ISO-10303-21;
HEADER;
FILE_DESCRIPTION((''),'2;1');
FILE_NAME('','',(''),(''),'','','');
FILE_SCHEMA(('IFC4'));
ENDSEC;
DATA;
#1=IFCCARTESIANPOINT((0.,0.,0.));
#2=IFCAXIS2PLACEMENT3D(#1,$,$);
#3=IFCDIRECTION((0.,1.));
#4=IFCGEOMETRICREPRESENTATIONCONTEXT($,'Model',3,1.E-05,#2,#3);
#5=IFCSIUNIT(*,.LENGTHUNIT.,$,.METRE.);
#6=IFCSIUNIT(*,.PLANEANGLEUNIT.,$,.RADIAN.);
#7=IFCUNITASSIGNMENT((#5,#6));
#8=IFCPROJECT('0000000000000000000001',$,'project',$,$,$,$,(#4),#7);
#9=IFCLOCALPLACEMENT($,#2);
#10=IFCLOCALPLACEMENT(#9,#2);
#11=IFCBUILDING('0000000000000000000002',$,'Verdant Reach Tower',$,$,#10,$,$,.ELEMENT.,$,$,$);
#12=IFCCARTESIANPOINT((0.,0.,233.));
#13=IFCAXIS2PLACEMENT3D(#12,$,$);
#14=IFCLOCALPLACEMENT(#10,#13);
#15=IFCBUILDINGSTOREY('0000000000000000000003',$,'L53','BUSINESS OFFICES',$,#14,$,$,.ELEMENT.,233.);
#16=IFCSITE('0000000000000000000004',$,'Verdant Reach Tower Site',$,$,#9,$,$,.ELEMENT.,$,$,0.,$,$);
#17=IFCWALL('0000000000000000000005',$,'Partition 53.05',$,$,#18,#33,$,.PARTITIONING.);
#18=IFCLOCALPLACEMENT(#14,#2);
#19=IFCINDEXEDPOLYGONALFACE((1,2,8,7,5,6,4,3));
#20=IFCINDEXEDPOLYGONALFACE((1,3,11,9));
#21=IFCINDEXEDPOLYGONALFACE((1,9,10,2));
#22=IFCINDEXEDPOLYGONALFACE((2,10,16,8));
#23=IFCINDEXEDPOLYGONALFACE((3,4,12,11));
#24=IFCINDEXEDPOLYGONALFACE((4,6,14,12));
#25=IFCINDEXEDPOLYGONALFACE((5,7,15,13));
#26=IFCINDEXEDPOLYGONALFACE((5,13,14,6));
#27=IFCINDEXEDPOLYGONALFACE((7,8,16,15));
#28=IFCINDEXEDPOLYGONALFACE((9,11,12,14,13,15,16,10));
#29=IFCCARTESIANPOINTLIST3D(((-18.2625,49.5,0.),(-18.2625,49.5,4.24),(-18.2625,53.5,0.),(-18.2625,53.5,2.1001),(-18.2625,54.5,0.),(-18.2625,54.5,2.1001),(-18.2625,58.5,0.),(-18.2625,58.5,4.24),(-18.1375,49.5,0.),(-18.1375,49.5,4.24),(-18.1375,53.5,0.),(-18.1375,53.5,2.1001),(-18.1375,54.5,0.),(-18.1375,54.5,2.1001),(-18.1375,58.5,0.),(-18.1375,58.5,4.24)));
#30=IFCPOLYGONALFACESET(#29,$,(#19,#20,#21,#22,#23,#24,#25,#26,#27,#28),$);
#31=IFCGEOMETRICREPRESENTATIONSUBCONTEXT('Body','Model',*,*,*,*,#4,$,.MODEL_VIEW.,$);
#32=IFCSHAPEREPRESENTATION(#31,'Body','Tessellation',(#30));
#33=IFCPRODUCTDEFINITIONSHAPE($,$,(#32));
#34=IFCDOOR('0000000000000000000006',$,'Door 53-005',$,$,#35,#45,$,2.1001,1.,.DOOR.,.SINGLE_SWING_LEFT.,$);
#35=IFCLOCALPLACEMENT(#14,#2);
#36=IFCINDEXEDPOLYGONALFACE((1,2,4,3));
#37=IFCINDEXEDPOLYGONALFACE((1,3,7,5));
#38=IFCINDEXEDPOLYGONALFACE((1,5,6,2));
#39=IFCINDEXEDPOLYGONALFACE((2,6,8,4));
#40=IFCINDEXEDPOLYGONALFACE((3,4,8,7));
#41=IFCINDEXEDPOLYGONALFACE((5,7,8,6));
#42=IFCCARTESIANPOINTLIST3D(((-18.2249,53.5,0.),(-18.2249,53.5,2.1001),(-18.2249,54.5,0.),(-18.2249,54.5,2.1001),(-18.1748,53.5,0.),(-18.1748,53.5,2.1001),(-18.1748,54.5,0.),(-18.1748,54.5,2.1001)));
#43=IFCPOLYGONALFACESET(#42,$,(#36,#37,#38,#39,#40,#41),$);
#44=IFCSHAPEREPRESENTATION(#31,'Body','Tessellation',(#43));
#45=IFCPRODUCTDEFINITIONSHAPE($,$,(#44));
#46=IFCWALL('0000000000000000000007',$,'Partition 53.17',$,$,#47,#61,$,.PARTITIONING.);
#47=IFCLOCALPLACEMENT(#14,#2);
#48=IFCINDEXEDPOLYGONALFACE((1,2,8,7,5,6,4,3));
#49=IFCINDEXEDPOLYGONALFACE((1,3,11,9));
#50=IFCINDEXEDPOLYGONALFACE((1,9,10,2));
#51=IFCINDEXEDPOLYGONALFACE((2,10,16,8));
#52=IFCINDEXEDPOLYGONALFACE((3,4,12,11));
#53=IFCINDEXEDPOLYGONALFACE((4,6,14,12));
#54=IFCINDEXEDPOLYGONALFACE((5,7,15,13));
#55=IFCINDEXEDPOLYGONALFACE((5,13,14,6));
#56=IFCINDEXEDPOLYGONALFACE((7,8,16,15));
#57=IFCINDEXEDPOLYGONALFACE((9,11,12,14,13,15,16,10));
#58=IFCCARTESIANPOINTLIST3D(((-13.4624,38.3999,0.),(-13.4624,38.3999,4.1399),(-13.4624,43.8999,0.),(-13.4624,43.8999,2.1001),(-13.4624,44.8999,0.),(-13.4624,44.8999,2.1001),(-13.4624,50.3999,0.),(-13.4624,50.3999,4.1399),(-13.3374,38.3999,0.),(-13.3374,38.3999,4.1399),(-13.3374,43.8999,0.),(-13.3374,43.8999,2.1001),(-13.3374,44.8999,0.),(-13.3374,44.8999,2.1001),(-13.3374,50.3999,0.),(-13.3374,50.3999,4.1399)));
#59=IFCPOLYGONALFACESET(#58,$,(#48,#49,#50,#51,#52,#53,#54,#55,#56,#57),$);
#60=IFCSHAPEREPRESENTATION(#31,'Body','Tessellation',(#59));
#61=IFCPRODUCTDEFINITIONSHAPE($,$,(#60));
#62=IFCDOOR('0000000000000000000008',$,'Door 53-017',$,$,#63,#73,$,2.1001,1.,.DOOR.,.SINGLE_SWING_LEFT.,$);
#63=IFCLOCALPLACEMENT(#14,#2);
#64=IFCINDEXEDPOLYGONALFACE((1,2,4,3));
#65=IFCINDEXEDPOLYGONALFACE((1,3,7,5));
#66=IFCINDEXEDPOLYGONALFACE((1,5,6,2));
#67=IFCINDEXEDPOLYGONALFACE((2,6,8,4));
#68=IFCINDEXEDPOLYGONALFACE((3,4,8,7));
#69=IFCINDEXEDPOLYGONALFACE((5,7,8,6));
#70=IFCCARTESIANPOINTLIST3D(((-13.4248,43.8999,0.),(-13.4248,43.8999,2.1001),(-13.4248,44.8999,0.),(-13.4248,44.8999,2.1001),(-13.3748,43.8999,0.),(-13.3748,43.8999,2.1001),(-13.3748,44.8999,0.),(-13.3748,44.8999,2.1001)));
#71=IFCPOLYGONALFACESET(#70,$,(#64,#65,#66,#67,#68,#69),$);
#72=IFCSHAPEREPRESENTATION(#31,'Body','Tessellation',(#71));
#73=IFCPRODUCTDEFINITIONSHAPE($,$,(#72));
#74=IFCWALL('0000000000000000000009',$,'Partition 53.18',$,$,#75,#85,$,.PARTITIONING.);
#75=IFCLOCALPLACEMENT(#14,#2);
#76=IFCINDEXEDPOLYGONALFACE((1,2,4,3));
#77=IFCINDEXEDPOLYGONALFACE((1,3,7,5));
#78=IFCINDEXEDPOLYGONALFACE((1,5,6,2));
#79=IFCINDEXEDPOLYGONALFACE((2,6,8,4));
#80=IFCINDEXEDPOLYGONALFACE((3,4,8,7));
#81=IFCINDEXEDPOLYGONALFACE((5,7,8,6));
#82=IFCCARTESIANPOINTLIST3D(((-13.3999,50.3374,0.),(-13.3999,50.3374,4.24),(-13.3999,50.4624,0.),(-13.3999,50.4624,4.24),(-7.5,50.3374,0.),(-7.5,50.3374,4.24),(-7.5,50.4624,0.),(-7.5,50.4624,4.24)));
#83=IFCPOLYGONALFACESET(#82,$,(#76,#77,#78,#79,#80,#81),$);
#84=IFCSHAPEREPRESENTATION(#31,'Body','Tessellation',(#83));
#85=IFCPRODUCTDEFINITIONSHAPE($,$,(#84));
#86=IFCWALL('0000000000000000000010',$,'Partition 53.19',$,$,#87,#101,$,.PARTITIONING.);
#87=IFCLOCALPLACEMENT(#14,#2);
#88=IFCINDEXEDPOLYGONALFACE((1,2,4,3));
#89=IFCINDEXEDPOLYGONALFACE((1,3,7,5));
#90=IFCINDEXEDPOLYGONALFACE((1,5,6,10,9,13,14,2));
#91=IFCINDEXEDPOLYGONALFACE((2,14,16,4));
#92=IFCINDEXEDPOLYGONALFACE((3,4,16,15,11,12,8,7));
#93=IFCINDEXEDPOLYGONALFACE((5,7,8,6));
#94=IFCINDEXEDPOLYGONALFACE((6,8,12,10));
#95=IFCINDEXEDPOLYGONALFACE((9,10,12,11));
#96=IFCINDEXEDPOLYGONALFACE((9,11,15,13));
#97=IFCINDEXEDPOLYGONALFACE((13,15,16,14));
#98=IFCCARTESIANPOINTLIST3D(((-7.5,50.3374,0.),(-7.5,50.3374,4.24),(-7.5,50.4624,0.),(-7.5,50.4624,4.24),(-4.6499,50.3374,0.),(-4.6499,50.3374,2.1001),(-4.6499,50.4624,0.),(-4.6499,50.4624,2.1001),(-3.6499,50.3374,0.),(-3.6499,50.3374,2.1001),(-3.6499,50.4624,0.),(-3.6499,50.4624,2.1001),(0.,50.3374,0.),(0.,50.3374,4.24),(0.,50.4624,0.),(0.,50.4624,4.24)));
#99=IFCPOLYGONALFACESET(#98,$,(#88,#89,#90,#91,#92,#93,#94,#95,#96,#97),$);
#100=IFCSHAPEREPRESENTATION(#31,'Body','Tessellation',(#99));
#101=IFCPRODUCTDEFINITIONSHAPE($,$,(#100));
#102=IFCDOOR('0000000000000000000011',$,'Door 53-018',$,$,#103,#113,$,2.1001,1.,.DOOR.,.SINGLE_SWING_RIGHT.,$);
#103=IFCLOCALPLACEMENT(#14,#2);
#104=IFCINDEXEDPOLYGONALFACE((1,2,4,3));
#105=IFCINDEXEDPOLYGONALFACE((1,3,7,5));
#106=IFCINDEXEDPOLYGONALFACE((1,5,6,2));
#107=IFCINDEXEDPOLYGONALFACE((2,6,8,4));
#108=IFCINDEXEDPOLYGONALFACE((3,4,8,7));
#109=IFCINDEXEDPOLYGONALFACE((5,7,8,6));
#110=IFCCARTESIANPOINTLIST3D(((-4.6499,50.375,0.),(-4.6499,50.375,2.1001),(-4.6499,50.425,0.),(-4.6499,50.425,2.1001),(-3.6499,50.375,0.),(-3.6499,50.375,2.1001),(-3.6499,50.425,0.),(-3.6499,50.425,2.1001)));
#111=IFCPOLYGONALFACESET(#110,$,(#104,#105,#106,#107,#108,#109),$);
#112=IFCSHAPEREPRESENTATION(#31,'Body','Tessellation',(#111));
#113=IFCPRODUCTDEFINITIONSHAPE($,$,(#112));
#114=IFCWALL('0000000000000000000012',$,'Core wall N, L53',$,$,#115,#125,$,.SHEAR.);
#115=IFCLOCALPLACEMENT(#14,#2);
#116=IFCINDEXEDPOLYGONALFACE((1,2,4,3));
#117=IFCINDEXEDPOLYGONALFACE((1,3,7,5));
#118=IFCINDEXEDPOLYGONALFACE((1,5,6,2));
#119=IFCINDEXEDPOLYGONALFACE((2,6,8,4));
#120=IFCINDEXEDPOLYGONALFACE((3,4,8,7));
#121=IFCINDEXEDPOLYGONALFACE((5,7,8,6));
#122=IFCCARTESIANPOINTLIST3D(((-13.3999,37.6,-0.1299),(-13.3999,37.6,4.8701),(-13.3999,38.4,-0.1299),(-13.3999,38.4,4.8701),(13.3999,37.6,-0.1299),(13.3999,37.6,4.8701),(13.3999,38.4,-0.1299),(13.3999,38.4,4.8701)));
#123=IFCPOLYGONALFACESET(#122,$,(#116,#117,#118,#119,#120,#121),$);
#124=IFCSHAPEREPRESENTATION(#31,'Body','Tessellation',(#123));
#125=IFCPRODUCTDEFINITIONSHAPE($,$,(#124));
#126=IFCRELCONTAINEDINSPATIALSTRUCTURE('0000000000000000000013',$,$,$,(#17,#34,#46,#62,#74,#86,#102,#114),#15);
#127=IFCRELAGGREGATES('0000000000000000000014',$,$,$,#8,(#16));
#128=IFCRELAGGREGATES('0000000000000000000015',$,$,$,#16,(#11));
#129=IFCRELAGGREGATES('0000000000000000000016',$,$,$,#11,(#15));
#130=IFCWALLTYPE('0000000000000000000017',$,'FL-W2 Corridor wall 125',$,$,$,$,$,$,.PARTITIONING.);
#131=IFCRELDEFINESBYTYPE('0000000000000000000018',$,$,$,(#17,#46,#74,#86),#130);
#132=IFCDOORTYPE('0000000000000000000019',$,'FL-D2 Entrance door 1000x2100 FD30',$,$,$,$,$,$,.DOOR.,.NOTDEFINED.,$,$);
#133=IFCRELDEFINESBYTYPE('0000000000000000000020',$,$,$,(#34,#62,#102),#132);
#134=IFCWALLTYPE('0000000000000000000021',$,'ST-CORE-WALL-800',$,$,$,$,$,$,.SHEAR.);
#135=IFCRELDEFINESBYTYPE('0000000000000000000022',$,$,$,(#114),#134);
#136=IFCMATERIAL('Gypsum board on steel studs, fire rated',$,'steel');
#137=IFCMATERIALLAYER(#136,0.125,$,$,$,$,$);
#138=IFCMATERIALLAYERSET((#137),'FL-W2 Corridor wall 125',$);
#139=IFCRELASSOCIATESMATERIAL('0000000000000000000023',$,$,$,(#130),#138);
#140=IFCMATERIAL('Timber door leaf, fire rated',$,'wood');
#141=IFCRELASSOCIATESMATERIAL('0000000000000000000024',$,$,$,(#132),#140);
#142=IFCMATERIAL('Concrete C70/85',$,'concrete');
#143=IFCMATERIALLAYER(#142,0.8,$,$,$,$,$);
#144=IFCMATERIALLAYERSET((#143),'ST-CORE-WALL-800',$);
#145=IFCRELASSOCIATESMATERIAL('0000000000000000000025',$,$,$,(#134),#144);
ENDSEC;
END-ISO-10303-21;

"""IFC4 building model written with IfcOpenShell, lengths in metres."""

from ifc_helpers import new_model, si_unit, direction, frame, frame_2d, origin, place, context, subcontext, project, spatial, rectangle, extrude, material, layer, layer_set, type_object, element, fill, save


model = new_model("IFC4")

# Units and contexts
model_context = context("Model", 3, precision=1e-05, world=origin(), true_north=direction((0.0, 1.0)))
body_context = subcontext(model_context, "Body", "Model", "MODEL_VIEW")
ifc_project = project(units=[si_unit("LENGTHUNIT", "METRE"), si_unit("PLANEANGLEUNIT", "RADIAN")], contexts=[model_context])

# Site, building, storey
site_placement = place(None, origin())
site = spatial("IfcSite", under=ifc_project, at=site_placement, Name="Verdant Reach Tower Site", CompositionType="ELEMENT", RefElevation=0.0)
building_placement = place(site_placement, origin())
building = spatial("IfcBuilding", under=site, at=building_placement, Name="Verdant Reach Tower", CompositionType="ELEMENT")
storey_placement = place(building_placement, frame((0.0, 0.0, 233.0)))
storey = spatial("IfcBuildingStorey", under=building, at=storey_placement, Name="L53", Description="BUSINESS OFFICES", CompositionType="ELEMENT", Elevation=233.0)

# Walls, openings, doors
ifc_material_1 = material(Name="Gypsum board on steel studs, fire rated", Category="steel")
ifc_layer_1 = layer(ifc_material_1, 0.125)
ifc_layer_set_1 = layer_set([ifc_layer_1], Name="FL-W2 Corridor wall 125")
wall_type_1 = type_object("IfcWallType", Name="FL-W2 Corridor wall 125", PredefinedType="PARTITIONING", material=ifc_layer_set_1)
ifc_material_2 = material(Name="Timber door leaf, fire rated", Category="wood")
door_type = type_object("IfcDoorType", Name="FL-D2 Entrance door 1000x2100 FD30", OperationType="NOTDEFINED", PredefinedType="DOOR", material=ifc_material_2)
wall_1_placement = place(storey_placement, frame((-18.2, 49.5, 0.0), z_axis=(0.0, 0.0, 1.0), x_axis=(0.0, 1.0, 0.0)))
wall_1 = element("IfcWall", 1, at=wall_1_placement, inside=storey, type_object=wall_type_1, Name="Partition 53.05", PredefinedType="PARTITIONING", context=body_context, shape_type="SweptSolid", body=[
    extrude(rectangle(XDim=9.0, YDim=0.125, at=frame_2d((4.5, 0.0))), origin(), (0.0, 0.0, 1.0), 4.24),
])
opening_1_placement = place(wall_1_placement, frame((4.0, 0.0, 0.0)))
opening_1 = element("IfcOpeningElement", 2, at=opening_1_placement, cuts=wall_1, PredefinedType="OPENING", context=body_context, shape_type="SweptSolid", body=[
    extrude(rectangle(XDim=1.0, YDim=2.1001, at=frame_2d((0.5, 1.05))), frame((0.0, 0.0725, 0.0), z_axis=(0.0, -1.0, 0.0), x_axis=(1.0, 0.0, 0.0)), (0.0, 0.0, 1.0), 0.145),
])
door_1_placement = place(opening_1_placement, origin())
door_1 = element("IfcDoor", 3, at=door_1_placement, inside=storey, type_object=door_type, Name="Door 53-005", OperationType="SINGLE_SWING_LEFT", OverallHeight=2.1001, OverallWidth=1.0, PredefinedType="DOOR", context=body_context, shape_type="SweptSolid", body=[
    extrude(rectangle(XDim=1.0, YDim=2.1001, at=frame_2d((0.5, 1.05))), frame((0.0, 0.0249, 0.0), z_axis=(0.0, -1.0, 0.0), x_axis=(1.0, 0.0, 0.0)), (0.0, 0.0, 1.0), 0.05),
])
fill(opening_1, door_1)
wall_2_placement = place(storey_placement, frame((-13.3999, 38.3999, 0.0), z_axis=(0.0, 0.0, 1.0), x_axis=(0.0, 1.0, 0.0)))
wall_2 = element("IfcWall", 4, at=wall_2_placement, inside=storey, type_object=wall_type_1, Name="Partition 53.17", PredefinedType="PARTITIONING", context=body_context, shape_type="SweptSolid", body=[
    extrude(rectangle(XDim=12.0, YDim=0.125, at=frame_2d((6.0, 0.0))), origin(), (0.0, 0.0, 1.0), 4.1399),
])
opening_2_placement = place(wall_2_placement, frame((5.5, 0.0, 0.0)))
opening_2 = element("IfcOpeningElement", 5, at=opening_2_placement, cuts=wall_2, PredefinedType="OPENING", context=body_context, shape_type="SweptSolid", body=[
    extrude(rectangle(XDim=1.0, YDim=2.1001, at=frame_2d((0.5, 1.05))), frame((0.0, 0.0725, 0.0), z_axis=(0.0, -1.0, 0.0), x_axis=(1.0, 0.0, 0.0)), (0.0, 0.0, 1.0), 0.145),
])
door_2_placement = place(opening_2_placement, origin())
door_2 = element("IfcDoor", 6, at=door_2_placement, inside=storey, type_object=door_type, Name="Door 53-017", OperationType="SINGLE_SWING_LEFT", OverallHeight=2.1001, OverallWidth=1.0, PredefinedType="DOOR", context=body_context, shape_type="SweptSolid", body=[
    extrude(rectangle(XDim=1.0, YDim=2.1001, at=frame_2d((0.5, 1.05))), frame((0.0, 0.0249, 0.0), z_axis=(0.0, -1.0, 0.0), x_axis=(1.0, 0.0, 0.0)), (0.0, 0.0, 1.0), 0.05),
])
fill(opening_2, door_2)

# Wall
wall_3_placement = place(storey_placement, frame((-7.5, 50.3999, 0.0), z_axis=(0.0, 0.0, 1.0), x_axis=(-1.0, 0.0, 0.0)))
element("IfcWall", 7, at=wall_3_placement, inside=storey, type_object=wall_type_1, Name="Partition 53.18", PredefinedType="PARTITIONING", context=body_context, shape_type="SweptSolid", body=[
    extrude(rectangle(XDim=5.8999, YDim=0.125, at=frame_2d((2.95, 0.0))), origin(), (0.0, 0.0, 1.0), 4.24),
])

# Wall, opening, door
wall_4_placement = place(storey_placement, frame((0.0, 50.3999, 0.0), z_axis=(0.0, 0.0, 1.0), x_axis=(-1.0, 0.0, 0.0)))
wall_4 = element("IfcWall", 8, at=wall_4_placement, inside=storey, type_object=wall_type_1, Name="Partition 53.19", PredefinedType="PARTITIONING", context=body_context, shape_type="SweptSolid", body=[
    extrude(rectangle(XDim=7.5, YDim=0.125, at=frame_2d((3.75, 0.0))), origin(), (0.0, 0.0, 1.0), 4.24),
])
opening_3_placement = place(wall_4_placement, frame((3.6499, 0.0, 0.0)))
opening_3 = element("IfcOpeningElement", 9, at=opening_3_placement, cuts=wall_4, PredefinedType="OPENING", context=body_context, shape_type="SweptSolid", body=[
    extrude(rectangle(XDim=1.0, YDim=2.1001, at=frame_2d((0.5, 1.05))), frame((0.0, 0.0725, 0.0), z_axis=(0.0, -1.0, 0.0), x_axis=(1.0, 0.0, 0.0)), (0.0, 0.0, 1.0), 0.145),
])
door_3_placement = place(opening_3_placement, origin())
door_3 = element("IfcDoor", 10, at=door_3_placement, inside=storey, type_object=door_type, Name="Door 53-018", OperationType="SINGLE_SWING_RIGHT", OverallHeight=2.1001, OverallWidth=1.0, PredefinedType="DOOR", context=body_context, shape_type="SweptSolid", body=[
    extrude(rectangle(XDim=1.0, YDim=2.1001, at=frame_2d((0.5, 1.05))), frame((0.0, 0.0249, 0.0), z_axis=(0.0, -1.0, 0.0), x_axis=(1.0, 0.0, 0.0)), (0.0, 0.0, 1.0), 0.05),
])
fill(opening_3, door_3)

# Wall
ifc_material_3 = material(Name="Concrete C70/85", Category="concrete")
ifc_layer_2 = layer(ifc_material_3, 0.8)
ifc_layer_set_2 = layer_set([ifc_layer_2], Name="ST-CORE-WALL-800")
wall_type_2 = type_object("IfcWallType", Name="ST-CORE-WALL-800", PredefinedType="SHEAR", material=ifc_layer_set_2)
wall_5_placement = place(storey_placement, frame((-13.3999, 38.0, -0.1299), z_axis=(0.0, 0.0, 1.0), x_axis=(1.0, 0.0, 0.0)))
element("IfcWall", 11, at=wall_5_placement, inside=storey, type_object=wall_type_2, Name="Core wall N, L53", PredefinedType="SHEAR", context=body_context, shape_type="SweptSolid", body=[
    extrude(rectangle(XDim=26.7998, YDim=0.8, at=frame_2d((13.3999, 0.0))), origin(), (0.0, 0.0, 1.0), 5.0),
])

save(model, "model.ifc")
